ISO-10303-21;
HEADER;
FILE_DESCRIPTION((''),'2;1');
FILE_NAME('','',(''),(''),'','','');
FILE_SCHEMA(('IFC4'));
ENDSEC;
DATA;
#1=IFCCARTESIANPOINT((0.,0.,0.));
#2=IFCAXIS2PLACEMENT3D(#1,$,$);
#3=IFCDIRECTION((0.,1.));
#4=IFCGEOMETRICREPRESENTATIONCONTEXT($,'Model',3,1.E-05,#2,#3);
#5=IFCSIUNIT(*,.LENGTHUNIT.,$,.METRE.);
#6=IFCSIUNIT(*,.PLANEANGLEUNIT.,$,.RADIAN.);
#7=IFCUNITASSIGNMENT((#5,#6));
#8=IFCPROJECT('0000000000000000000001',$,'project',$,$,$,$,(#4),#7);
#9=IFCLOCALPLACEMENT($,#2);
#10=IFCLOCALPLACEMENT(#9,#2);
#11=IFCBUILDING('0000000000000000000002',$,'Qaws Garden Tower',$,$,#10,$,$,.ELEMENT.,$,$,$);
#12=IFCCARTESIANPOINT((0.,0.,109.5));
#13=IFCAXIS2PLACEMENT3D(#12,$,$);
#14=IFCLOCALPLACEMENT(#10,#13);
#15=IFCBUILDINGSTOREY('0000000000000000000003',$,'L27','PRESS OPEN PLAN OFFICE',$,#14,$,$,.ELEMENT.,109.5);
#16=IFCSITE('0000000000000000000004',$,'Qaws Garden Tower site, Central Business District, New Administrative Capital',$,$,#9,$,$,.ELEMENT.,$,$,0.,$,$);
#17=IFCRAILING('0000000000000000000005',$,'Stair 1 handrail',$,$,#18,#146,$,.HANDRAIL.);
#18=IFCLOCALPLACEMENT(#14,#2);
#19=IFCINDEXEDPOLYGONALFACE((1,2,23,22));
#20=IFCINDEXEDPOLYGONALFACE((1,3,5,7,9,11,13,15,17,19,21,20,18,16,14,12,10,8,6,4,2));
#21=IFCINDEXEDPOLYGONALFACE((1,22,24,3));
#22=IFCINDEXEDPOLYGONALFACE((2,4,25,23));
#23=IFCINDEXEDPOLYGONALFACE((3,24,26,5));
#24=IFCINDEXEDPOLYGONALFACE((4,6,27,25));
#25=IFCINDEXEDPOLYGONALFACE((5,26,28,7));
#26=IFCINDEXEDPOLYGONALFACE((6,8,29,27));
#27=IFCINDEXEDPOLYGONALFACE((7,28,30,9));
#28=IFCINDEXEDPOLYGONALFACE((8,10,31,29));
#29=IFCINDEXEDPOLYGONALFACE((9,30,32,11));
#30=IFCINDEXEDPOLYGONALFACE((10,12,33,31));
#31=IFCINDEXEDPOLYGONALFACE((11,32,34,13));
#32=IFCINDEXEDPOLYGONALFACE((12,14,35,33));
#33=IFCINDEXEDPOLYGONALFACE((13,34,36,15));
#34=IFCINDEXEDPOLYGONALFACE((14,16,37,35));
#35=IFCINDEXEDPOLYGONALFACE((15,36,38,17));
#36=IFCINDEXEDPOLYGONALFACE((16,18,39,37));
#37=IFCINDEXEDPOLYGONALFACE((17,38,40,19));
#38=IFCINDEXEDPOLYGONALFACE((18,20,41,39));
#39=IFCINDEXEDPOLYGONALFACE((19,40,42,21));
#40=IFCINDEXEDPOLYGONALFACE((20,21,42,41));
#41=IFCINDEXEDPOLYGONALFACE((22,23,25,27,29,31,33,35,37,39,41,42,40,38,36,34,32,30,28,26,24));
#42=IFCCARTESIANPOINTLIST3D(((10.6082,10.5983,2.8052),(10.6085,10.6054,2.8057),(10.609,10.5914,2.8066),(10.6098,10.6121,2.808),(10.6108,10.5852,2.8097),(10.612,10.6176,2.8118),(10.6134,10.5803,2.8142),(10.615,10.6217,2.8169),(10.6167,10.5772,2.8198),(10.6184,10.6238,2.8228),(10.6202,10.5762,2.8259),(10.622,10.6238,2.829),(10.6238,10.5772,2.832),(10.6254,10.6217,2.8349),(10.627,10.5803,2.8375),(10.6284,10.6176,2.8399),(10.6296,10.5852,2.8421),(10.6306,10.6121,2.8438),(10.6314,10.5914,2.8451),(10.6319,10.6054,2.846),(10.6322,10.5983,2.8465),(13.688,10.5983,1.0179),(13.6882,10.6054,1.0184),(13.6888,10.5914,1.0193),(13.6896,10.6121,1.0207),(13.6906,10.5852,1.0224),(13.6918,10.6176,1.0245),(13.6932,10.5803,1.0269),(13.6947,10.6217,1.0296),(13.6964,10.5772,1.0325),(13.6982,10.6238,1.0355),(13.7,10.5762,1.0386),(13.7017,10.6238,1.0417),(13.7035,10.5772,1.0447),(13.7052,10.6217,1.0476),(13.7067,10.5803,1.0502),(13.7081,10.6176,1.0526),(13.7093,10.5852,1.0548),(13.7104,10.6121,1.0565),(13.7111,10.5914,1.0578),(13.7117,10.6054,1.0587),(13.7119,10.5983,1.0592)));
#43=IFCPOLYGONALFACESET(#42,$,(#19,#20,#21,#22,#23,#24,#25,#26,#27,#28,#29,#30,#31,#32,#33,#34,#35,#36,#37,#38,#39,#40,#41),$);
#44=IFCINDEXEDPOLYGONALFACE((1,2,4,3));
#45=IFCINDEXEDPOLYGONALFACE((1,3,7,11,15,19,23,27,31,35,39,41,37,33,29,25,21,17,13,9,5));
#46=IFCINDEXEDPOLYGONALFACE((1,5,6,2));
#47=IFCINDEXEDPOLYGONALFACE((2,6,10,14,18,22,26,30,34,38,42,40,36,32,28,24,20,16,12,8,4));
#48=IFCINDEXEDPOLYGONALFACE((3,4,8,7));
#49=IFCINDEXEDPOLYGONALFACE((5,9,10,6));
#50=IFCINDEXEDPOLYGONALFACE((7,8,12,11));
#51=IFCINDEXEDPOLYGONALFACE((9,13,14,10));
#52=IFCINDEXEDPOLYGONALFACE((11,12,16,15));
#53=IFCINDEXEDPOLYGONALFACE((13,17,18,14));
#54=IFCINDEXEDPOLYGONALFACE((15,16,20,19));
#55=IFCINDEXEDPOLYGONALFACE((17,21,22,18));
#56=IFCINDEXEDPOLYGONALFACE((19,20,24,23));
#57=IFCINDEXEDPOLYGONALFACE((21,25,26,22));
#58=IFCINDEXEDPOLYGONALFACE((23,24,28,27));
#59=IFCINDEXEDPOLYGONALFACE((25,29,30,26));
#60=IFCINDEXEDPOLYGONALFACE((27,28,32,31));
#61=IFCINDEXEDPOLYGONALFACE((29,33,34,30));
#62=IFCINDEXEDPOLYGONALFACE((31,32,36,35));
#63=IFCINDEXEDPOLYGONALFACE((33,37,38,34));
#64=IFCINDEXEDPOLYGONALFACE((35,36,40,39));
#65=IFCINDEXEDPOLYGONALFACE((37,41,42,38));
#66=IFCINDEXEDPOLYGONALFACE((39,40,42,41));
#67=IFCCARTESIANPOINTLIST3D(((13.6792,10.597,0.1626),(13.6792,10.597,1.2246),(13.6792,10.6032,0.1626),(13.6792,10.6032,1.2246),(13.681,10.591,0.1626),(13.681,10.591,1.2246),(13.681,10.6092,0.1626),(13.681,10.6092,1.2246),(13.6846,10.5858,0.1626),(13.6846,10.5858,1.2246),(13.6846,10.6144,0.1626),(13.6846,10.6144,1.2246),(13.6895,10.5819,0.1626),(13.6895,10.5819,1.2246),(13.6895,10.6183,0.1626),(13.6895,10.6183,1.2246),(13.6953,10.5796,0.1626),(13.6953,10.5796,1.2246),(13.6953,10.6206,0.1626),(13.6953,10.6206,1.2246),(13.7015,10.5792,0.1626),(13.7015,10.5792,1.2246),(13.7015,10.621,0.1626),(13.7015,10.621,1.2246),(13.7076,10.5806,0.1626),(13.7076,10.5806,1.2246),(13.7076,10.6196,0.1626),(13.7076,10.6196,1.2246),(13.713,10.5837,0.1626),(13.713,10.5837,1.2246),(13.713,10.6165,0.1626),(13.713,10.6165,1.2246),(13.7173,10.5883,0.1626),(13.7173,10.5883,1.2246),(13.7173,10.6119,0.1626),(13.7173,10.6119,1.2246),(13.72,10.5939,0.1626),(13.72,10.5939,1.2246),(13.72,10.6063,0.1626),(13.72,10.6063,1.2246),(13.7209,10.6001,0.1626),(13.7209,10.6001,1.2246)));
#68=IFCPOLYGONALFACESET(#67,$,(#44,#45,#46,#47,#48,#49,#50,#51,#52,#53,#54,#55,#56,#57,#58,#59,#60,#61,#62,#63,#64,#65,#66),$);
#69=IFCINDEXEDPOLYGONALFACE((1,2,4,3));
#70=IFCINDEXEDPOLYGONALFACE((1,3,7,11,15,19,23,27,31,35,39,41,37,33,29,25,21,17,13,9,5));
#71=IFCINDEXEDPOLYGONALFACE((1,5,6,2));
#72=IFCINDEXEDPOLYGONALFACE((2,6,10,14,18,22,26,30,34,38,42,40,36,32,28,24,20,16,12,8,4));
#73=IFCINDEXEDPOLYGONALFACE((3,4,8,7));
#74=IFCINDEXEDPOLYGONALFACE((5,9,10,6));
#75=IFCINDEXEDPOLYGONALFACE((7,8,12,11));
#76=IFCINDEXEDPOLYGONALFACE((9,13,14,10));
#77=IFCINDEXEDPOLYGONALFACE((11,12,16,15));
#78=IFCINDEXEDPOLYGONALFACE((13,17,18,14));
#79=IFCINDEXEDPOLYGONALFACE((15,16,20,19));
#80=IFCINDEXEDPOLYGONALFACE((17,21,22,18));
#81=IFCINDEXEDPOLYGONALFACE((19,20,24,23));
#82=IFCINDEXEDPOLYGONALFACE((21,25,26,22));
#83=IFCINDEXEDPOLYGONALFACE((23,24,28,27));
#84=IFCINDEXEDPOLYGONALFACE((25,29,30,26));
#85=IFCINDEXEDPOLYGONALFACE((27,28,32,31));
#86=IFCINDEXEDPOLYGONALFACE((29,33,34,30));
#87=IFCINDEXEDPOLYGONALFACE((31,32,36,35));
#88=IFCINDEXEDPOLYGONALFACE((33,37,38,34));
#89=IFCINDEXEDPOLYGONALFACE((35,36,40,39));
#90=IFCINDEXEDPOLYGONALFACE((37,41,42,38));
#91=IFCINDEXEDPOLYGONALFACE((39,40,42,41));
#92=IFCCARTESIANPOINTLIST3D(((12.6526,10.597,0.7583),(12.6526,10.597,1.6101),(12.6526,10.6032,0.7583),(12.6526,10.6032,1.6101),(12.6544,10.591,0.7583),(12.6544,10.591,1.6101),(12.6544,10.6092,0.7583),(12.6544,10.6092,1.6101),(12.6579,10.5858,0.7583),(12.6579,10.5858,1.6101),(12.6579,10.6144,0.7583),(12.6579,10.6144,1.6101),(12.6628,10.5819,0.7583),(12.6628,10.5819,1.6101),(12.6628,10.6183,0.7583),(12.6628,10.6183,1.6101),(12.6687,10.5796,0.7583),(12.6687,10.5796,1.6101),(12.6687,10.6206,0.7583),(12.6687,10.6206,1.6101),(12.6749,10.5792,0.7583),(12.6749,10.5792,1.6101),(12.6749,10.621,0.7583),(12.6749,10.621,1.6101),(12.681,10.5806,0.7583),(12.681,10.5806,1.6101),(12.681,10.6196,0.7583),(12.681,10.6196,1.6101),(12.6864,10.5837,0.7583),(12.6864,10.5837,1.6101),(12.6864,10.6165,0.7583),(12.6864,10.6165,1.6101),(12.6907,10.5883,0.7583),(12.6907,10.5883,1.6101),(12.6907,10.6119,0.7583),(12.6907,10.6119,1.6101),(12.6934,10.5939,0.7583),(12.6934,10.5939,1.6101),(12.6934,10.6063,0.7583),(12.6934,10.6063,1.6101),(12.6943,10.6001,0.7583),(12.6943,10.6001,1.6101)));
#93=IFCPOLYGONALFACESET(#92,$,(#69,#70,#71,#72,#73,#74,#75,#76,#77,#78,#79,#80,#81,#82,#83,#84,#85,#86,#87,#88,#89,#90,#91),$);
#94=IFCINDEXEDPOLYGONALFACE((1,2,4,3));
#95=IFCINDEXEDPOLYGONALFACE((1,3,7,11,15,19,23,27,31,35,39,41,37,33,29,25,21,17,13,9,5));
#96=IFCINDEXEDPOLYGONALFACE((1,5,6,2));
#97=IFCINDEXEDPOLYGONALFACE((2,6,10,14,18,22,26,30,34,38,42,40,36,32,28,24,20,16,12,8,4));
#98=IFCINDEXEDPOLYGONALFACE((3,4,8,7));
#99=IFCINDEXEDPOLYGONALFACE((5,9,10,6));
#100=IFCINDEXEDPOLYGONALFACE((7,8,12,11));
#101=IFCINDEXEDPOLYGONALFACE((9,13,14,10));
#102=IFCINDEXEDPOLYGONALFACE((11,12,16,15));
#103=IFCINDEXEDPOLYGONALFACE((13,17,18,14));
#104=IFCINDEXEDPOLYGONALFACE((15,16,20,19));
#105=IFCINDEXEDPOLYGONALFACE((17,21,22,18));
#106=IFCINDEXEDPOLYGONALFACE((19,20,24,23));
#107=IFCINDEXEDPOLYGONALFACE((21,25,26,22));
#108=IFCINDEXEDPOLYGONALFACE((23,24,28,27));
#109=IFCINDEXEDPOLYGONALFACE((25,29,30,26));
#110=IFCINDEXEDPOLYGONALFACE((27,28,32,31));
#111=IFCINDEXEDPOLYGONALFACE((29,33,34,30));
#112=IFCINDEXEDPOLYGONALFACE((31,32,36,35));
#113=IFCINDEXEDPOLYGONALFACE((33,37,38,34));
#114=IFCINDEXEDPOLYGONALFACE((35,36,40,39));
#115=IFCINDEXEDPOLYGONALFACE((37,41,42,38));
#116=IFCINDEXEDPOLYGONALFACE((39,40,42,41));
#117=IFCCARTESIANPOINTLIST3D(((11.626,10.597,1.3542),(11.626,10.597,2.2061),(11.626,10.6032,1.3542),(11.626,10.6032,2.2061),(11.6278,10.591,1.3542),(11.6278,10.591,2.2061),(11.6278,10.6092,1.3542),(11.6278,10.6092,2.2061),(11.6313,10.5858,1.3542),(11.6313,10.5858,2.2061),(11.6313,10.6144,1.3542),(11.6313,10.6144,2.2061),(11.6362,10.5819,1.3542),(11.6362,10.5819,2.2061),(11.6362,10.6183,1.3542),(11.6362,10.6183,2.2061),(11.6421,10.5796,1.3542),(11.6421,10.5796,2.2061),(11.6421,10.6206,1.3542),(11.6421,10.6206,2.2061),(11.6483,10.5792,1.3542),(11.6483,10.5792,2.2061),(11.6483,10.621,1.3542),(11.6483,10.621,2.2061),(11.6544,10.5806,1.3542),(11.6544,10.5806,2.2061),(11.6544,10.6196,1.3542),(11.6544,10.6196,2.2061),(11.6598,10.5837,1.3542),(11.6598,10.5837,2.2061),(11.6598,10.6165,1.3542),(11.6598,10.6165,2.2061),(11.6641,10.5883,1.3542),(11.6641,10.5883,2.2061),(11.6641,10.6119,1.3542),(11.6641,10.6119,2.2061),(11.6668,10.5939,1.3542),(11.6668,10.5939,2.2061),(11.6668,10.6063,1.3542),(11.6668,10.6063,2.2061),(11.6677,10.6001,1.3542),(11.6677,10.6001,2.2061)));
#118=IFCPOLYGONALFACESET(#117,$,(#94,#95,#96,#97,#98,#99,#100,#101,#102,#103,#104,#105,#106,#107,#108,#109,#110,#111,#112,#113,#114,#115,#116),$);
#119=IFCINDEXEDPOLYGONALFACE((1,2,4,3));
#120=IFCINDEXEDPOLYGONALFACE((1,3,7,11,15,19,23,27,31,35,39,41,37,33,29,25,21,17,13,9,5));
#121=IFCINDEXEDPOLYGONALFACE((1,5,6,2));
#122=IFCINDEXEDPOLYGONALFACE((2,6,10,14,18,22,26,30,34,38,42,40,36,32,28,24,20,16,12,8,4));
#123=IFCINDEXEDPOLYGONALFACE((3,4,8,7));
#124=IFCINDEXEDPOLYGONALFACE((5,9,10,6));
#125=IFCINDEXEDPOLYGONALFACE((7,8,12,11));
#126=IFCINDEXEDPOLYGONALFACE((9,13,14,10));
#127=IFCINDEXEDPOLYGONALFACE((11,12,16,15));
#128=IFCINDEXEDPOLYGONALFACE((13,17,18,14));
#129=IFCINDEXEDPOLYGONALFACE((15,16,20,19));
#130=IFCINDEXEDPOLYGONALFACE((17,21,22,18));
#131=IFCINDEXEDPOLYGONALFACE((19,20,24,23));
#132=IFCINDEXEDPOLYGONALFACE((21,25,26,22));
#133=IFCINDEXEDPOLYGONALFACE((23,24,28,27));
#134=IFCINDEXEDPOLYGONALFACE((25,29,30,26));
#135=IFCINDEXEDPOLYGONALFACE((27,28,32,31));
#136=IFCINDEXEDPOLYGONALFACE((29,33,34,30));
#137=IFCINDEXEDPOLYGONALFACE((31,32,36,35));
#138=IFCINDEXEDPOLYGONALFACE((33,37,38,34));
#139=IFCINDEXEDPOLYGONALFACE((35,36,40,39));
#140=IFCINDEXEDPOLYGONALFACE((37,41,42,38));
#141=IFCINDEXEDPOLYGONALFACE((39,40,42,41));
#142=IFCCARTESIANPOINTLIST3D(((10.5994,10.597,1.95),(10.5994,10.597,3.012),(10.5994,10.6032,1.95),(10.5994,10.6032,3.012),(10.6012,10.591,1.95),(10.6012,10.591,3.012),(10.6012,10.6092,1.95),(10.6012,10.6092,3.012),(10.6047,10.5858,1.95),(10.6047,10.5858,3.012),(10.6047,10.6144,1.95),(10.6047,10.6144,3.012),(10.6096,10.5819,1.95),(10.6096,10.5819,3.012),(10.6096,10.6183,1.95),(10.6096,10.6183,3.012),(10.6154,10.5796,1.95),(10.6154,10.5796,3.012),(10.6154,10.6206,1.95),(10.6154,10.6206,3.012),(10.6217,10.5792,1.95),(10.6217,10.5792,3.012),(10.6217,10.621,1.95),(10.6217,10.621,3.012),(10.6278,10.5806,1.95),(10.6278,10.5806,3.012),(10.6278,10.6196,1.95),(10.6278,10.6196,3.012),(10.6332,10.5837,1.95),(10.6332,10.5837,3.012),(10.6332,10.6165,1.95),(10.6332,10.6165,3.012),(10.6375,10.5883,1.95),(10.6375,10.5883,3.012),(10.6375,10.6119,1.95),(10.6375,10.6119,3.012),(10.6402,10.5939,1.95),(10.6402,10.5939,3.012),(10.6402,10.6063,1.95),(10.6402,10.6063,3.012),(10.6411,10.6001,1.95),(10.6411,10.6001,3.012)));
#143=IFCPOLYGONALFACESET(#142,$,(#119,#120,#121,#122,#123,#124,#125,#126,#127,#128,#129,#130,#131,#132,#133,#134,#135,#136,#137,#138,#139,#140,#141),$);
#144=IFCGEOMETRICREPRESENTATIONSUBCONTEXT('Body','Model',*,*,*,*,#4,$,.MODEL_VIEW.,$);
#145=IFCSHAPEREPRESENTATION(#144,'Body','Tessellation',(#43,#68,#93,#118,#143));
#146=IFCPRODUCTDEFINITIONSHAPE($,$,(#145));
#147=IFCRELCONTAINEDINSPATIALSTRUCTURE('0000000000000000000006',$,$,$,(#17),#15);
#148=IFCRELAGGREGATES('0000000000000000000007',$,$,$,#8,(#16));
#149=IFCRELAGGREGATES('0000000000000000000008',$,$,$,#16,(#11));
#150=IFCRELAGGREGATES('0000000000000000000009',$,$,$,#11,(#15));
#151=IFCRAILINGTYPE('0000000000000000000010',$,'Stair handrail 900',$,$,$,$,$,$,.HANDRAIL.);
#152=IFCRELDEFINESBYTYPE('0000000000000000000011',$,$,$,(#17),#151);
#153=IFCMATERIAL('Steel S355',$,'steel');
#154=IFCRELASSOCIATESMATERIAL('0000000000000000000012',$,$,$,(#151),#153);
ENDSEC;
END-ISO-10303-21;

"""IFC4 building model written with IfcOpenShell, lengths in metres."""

from ifc_helpers import new_model, si_unit, direction, frame, origin, origin_2d, place, context, subcontext, project, spatial, circle, extrude, material, type_object, element, save


model = new_model("IFC4")

# Units and contexts
model_context = context("Model", 3, precision=1e-05, world=origin(), true_north=direction((0.0, 1.0)))
body_context = subcontext(model_context, "Body", "Model", "MODEL_VIEW")
ifc_project = project(units=[si_unit("LENGTHUNIT", "METRE"), si_unit("PLANEANGLEUNIT", "RADIAN")], contexts=[model_context])

# Site, building, storey
site_placement = place(None, origin())
site = spatial("IfcSite", under=ifc_project, at=site_placement, Name="Qaws Garden Tower site, Central Business District, New Administrative Capital", CompositionType="ELEMENT", RefElevation=0.0)
building_placement = place(site_placement, origin())
building = spatial("IfcBuilding", under=site, at=building_placement, Name="Qaws Garden Tower", CompositionType="ELEMENT")
storey_placement = place(building_placement, frame((0.0, 0.0, 109.5)))
storey = spatial("IfcBuildingStorey", under=building, at=storey_placement, Name="L27", Description="PRESS OPEN PLAN OFFICE", CompositionType="ELEMENT", Elevation=109.5)

# Railing
ifc_material_1 = material(Name="Steel S355", Category="steel")
railing_type = type_object("IfcRailingType", Name="Stair handrail 900", PredefinedType="HANDRAIL", material=ifc_material_1)
railing_1_placement = place(storey_placement, frame((13.7, 10.6001, 0.1626)))
element("IfcRailing", 1, at=railing_1_placement, inside=storey, type_object=railing_type, Name="Stair 1 handrail", PredefinedType="HANDRAIL", context=body_context, shape_type="SweptSolid", body=[
    extrude(circle(Radius=0.0239, at=origin_2d()), frame((0.0, 0.0, 0.876), z_axis=(-0.864903, 0.0, 0.501939), x_axis=(0.0, -1.0, 0.0)), (0.0, 0.0, 1.0), 3.5608),
    extrude(circle(Radius=0.021, at=origin_2d()), origin(), (0.0, 0.0, 1.0), 1.062),
    extrude(circle(Radius=0.021, at=origin_2d()), frame((-1.0266, 0.0, 0.5957)), (0.0, 0.0, 1.0), 0.8518),
    extrude(circle(Radius=0.021, at=origin_2d()), frame((-2.0532, 0.0, 1.1917)), (0.0, 0.0, 1.0), 0.8518),
    extrude(circle(Radius=0.021, at=origin_2d()), frame((-3.0798, 0.0, 1.7874)), (0.0, 0.0, 1.0), 1.062),
])

save(model, "model.ifc")
